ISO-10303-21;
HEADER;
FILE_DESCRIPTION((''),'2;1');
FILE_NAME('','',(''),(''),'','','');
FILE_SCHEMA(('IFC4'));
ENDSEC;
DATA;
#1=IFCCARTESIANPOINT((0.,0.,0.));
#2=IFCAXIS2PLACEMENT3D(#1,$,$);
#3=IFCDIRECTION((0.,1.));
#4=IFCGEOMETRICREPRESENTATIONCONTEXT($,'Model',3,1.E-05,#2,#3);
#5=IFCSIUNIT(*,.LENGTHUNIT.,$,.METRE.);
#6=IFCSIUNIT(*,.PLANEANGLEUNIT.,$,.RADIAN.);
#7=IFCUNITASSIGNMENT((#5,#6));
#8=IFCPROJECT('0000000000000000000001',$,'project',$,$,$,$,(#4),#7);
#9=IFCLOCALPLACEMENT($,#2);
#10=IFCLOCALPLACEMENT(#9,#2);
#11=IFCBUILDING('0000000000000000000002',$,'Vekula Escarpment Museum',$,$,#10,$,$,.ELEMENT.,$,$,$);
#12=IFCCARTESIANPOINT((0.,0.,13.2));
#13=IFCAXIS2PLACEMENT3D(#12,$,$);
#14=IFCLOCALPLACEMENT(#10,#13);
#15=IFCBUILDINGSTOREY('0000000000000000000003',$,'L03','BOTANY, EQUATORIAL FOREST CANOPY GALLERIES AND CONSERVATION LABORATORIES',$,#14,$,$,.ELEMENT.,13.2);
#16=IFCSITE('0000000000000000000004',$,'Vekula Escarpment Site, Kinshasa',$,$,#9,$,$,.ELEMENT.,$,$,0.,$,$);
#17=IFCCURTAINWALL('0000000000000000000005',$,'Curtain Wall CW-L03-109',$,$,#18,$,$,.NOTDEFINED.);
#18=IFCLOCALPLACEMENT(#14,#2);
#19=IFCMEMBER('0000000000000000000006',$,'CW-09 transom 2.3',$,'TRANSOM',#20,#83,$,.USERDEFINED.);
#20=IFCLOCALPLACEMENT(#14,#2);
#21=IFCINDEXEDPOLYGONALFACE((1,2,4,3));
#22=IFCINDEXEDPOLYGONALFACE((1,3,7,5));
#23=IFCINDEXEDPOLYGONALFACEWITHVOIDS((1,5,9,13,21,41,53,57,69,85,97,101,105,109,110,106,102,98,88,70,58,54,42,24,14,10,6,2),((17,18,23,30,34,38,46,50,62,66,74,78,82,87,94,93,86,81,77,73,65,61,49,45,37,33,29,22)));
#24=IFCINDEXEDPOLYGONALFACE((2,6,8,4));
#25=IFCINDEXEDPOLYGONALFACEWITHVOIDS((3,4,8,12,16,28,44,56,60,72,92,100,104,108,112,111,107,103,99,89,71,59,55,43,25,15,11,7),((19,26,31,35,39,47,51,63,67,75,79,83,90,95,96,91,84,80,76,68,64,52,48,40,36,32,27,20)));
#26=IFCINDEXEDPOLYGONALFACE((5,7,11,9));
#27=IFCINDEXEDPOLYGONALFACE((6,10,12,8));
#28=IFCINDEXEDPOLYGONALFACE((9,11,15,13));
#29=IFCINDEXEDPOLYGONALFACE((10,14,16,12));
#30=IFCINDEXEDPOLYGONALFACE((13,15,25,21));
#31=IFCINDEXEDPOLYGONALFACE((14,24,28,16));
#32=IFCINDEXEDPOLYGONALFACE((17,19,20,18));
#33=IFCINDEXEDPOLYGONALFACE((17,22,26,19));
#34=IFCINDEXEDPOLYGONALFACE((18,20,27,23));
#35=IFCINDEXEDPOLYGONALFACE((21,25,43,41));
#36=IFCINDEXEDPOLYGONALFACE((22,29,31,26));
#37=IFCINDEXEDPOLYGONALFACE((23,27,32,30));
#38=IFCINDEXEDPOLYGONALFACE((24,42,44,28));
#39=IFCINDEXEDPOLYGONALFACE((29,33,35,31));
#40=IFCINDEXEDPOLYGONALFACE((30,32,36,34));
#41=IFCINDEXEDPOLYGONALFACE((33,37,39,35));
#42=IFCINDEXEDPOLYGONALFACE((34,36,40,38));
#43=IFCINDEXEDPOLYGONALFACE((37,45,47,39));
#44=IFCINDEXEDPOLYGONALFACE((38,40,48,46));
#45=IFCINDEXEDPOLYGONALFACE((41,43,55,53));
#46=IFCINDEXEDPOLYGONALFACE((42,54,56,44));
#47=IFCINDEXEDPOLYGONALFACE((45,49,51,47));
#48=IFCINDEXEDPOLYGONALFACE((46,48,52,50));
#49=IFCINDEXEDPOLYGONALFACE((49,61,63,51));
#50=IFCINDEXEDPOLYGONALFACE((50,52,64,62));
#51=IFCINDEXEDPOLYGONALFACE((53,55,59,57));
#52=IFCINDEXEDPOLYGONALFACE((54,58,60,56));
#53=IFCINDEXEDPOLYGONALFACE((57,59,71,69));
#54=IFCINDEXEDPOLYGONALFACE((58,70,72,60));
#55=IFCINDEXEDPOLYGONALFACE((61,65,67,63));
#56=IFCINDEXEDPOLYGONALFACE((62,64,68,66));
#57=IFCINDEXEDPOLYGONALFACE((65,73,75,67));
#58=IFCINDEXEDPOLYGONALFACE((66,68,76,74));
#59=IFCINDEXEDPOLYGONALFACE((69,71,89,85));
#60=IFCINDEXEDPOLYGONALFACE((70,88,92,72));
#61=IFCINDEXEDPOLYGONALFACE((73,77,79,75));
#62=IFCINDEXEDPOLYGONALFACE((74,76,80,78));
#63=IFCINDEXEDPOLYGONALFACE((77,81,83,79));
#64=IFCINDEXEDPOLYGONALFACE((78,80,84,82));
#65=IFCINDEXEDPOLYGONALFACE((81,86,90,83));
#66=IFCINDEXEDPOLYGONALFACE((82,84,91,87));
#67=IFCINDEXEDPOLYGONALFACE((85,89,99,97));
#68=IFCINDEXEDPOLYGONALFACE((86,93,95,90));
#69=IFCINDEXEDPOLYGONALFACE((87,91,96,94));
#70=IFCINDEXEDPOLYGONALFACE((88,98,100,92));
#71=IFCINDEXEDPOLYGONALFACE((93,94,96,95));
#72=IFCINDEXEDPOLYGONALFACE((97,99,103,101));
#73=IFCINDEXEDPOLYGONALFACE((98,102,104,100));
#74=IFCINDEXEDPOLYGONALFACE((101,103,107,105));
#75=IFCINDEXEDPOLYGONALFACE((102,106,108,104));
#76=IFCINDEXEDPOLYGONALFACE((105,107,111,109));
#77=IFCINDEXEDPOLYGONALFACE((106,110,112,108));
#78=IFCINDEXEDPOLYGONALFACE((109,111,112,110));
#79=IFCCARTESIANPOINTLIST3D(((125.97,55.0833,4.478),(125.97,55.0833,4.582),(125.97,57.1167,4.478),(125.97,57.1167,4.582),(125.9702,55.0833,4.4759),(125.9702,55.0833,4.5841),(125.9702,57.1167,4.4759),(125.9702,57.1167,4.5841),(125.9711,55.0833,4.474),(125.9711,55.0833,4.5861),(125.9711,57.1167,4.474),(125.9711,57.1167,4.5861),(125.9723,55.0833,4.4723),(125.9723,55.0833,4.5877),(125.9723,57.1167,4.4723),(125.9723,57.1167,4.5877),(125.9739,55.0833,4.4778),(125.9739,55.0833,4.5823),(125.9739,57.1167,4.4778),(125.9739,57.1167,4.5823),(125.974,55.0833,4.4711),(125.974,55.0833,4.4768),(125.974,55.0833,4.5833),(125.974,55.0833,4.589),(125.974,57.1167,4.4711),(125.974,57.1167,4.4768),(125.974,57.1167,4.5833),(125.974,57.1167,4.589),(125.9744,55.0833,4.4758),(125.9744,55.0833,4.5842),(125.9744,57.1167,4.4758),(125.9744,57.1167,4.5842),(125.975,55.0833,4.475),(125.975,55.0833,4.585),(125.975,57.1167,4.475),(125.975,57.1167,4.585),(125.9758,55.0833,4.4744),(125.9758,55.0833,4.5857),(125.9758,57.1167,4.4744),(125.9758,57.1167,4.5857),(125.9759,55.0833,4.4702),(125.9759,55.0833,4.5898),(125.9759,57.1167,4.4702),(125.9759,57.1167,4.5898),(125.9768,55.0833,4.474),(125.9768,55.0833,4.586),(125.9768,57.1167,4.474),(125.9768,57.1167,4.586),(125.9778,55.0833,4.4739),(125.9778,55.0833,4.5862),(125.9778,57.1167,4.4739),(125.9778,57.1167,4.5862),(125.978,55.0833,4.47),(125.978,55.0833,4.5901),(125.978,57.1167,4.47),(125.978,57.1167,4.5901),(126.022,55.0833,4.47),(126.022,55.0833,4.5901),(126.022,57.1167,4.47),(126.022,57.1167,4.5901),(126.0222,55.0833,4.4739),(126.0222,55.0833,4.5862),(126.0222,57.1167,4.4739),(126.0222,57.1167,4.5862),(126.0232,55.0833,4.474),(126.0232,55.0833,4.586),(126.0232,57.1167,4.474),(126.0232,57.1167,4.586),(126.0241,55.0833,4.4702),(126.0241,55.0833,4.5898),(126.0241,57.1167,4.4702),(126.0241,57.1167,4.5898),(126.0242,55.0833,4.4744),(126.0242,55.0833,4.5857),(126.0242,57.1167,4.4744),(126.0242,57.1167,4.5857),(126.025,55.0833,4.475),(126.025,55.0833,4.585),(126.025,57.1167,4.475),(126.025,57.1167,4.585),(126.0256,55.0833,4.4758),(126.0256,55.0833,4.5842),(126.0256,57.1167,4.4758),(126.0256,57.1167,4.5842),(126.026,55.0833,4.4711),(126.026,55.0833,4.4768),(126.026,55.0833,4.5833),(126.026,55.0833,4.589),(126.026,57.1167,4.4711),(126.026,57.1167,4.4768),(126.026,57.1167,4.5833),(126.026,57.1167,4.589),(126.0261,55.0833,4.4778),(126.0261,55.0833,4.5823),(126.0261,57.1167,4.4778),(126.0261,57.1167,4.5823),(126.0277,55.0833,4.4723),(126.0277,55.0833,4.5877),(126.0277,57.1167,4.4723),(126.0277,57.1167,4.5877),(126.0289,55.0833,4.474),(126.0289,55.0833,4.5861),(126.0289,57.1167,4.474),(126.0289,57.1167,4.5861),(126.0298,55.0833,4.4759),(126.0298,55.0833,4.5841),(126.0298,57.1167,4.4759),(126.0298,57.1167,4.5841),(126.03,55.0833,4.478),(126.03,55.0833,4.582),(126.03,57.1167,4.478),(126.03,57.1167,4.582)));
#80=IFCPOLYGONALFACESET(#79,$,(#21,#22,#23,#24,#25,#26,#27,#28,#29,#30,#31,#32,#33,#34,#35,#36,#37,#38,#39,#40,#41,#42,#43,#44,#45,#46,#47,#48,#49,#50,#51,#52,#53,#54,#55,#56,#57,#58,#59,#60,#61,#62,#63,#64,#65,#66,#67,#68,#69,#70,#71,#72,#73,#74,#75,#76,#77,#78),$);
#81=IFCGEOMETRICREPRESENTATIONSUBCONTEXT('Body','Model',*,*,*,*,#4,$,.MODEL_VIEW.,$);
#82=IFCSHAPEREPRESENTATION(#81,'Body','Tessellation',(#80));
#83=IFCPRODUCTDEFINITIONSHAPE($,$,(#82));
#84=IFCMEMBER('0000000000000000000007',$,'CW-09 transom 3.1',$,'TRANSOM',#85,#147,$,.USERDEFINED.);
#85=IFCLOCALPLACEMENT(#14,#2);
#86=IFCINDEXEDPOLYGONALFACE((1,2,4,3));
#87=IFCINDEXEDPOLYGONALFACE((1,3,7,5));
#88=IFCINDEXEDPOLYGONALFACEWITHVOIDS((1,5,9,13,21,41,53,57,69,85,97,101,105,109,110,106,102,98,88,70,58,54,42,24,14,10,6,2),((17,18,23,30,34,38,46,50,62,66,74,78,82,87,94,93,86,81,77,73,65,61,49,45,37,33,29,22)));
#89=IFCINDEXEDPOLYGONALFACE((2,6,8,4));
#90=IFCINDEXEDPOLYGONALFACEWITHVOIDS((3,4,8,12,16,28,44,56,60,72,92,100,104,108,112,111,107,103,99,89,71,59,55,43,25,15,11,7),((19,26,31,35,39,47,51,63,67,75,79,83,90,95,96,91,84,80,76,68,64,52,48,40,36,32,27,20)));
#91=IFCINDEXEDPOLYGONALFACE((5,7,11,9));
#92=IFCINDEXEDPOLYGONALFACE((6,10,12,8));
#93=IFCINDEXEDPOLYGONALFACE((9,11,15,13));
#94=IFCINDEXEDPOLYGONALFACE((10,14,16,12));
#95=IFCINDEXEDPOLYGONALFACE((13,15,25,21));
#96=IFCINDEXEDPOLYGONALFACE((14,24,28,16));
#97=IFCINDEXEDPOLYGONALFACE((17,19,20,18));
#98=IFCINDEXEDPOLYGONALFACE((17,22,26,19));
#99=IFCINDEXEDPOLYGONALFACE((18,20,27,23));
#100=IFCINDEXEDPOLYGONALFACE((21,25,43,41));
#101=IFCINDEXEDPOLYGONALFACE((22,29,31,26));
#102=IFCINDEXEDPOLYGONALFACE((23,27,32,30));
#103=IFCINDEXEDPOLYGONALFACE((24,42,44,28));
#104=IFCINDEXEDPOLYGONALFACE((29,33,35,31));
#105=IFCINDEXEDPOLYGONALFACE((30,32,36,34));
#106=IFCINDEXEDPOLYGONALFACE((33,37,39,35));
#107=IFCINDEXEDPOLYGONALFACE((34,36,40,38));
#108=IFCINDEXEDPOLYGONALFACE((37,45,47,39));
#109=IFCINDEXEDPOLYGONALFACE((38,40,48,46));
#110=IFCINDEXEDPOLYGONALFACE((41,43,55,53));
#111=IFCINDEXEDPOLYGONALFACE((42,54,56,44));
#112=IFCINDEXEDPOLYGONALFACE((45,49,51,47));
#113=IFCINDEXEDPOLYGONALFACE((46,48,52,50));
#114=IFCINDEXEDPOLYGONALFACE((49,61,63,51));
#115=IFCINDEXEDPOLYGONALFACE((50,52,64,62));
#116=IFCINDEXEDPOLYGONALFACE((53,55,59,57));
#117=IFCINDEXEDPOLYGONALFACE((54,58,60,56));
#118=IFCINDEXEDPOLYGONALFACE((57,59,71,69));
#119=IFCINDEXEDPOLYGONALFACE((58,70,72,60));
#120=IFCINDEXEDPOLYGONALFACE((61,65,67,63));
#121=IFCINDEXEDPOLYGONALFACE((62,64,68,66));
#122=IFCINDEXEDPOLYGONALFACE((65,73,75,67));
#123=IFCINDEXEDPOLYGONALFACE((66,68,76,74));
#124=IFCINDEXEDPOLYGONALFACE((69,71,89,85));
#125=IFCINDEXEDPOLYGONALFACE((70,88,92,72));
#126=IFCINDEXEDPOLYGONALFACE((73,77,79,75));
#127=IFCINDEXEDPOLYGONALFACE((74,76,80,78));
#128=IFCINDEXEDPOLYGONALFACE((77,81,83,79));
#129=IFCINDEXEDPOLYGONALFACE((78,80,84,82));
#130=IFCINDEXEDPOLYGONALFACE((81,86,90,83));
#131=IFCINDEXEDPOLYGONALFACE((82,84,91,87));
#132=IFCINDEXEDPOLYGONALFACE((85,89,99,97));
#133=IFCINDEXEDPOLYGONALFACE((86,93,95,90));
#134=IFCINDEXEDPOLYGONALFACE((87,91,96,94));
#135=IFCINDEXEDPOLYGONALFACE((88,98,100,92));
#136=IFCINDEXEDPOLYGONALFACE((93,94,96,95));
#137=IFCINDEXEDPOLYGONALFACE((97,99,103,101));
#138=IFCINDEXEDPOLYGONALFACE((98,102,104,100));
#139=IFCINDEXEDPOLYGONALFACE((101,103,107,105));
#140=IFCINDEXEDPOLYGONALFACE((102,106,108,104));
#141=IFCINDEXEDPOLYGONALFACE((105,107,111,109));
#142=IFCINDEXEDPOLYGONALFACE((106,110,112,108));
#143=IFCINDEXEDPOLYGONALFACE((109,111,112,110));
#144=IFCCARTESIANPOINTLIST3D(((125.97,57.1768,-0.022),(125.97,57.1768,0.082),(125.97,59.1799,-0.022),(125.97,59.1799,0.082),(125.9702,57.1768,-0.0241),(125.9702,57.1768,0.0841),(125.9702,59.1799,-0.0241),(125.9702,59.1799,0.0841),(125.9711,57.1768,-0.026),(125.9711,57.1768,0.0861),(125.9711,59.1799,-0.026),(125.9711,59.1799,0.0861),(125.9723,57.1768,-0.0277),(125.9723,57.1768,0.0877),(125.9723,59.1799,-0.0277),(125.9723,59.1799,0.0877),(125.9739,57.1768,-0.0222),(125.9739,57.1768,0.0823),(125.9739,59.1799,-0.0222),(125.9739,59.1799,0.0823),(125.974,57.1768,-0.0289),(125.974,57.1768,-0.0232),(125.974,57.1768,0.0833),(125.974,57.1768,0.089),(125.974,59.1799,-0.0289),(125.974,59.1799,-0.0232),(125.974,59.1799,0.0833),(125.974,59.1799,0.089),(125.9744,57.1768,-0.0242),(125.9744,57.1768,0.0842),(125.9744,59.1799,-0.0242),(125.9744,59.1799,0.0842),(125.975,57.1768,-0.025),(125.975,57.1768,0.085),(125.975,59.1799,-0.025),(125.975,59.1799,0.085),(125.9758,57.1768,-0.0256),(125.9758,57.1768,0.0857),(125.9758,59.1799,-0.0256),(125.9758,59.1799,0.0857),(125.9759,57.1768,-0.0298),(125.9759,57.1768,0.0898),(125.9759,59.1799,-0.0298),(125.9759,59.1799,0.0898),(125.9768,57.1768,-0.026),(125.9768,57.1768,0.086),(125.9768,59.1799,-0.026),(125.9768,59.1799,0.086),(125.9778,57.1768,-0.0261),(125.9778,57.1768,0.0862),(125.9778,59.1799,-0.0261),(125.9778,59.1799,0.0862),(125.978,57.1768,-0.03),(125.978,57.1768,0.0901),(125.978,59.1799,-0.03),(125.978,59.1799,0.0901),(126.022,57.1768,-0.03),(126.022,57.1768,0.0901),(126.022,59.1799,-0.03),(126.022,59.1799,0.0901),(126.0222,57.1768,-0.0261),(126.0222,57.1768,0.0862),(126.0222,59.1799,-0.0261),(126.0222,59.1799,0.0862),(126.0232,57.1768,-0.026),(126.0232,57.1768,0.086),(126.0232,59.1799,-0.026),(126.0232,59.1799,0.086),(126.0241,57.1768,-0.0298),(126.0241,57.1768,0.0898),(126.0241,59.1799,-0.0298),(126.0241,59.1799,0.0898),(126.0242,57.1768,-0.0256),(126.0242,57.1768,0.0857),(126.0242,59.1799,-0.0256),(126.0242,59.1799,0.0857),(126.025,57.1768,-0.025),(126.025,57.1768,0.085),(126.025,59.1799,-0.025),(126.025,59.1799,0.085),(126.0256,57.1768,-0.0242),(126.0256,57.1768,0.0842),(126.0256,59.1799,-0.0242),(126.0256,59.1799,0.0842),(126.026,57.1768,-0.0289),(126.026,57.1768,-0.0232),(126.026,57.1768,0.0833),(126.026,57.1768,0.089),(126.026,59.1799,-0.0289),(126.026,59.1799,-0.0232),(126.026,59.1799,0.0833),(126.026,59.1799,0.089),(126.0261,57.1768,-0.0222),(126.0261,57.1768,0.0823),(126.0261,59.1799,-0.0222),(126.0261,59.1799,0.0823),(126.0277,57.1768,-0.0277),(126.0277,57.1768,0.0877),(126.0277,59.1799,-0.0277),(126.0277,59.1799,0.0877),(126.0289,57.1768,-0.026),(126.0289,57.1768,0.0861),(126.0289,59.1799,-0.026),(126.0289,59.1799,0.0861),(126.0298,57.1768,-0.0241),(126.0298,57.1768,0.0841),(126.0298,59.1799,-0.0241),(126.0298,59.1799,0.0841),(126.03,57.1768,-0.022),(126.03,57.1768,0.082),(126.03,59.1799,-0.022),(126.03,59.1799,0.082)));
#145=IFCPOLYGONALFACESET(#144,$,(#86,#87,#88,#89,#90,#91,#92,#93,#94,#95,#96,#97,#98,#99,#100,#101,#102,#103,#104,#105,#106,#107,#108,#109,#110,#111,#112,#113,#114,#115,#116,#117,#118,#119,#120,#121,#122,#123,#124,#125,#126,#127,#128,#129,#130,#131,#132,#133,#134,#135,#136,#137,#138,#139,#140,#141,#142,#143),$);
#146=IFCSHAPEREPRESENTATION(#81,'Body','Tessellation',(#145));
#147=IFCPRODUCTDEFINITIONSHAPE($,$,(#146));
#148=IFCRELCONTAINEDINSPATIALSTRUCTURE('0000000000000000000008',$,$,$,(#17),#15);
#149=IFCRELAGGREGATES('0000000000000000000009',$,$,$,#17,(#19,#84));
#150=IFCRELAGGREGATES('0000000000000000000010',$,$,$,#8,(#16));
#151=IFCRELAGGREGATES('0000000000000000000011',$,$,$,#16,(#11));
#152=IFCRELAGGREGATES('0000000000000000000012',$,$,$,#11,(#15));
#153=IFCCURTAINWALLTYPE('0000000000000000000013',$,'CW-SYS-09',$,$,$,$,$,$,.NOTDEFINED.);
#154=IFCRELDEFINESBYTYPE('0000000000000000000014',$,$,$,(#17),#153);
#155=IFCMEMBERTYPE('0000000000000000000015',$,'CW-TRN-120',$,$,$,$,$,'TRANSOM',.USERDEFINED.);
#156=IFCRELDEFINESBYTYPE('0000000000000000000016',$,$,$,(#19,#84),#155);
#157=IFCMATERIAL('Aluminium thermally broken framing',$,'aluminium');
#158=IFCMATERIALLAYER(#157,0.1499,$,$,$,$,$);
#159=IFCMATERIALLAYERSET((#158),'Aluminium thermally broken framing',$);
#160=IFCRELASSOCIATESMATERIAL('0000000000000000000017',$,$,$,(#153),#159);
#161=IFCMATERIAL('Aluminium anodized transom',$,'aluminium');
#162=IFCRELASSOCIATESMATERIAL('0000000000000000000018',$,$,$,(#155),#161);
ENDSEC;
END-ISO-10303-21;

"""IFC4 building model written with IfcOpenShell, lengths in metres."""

from ifc_helpers import new_model, si_unit, direction, frame, origin, origin_2d, place, context, subcontext, project, spatial, hollow_rectangle, extrude, material, layer, layer_set, material_profile, profile_set, type_object, element, aggregate, save


model = new_model("IFC4")

# Units and contexts
model_context = context("Model", 3, precision=1e-05, world=origin(), true_north=direction((0.0, 1.0)))
body_context = subcontext(model_context, "Body", "Model", "MODEL_VIEW")
ifc_project = project(units=[si_unit("LENGTHUNIT", "METRE"), si_unit("PLANEANGLEUNIT", "RADIAN")], contexts=[model_context])

# Site, building, storey
site_placement = place(None, origin())
site = spatial("IfcSite", under=ifc_project, at=site_placement, Name="Vekula Escarpment Site, Kinshasa", CompositionType="ELEMENT", RefElevation=0.0)
building_placement = place(site_placement, origin())
building = spatial("IfcBuilding", under=site, at=building_placement, Name="Vekula Escarpment Museum", CompositionType="ELEMENT")
storey_placement = place(building_placement, frame((0.0, 0.0, 13.2)))
storey = spatial("IfcBuildingStorey", under=building, at=storey_placement, Name="L03", Description="BOTANY, EQUATORIAL FOREST CANOPY GALLERIES AND CONSERVATION LABORATORIES", CompositionType="ELEMENT", Elevation=13.2)

# Curtain wall, members
ifc_material_1 = material(Name="Aluminium thermally broken framing", Category="aluminium")
ifc_layer_1 = layer(ifc_material_1, 0.1499)
ifc_layer_set_1 = layer_set([ifc_layer_1], Name="Aluminium thermally broken framing")
curtain_wall_type = type_object("IfcCurtainWallType", Name="CW-SYS-09", PredefinedType="NOTDEFINED", material=ifc_layer_set_1)
curtain_wall_placement = place(storey_placement, origin())
curtain_wall = element("IfcCurtainWall", 1, at=curtain_wall_placement, inside=storey, type_object=curtain_wall_type, Name="Curtain Wall CW-L03-109", PredefinedType="NOTDEFINED")
ifc_material_2 = material(Name="Aluminium anodized transom", Category="aluminium")
ifc_material_profile_1 = material_profile(ifc_material_2, hollow_rectangle(XDim=0.0601, YDim=0.1201, WallThickness=0.0039, InnerFilletRadius=0.0039, OuterFilletRadius=0.0081, at=origin_2d()), Name="ALU 120x60x4")
ifc_profile_set_1 = profile_set([ifc_material_profile_1], Name="Aluminium anodized transom")
member_type_1 = type_object("IfcMemberType", Name="CW-TRN-120", ElementType="TRANSOM", PredefinedType="USERDEFINED", material=ifc_profile_set_1)
member_1_placement = place(storey_placement, frame((126.0, 55.0833, 4.53), z_axis=(0.0, 1.0, 0.0), x_axis=(-1.0, 0.0, 0.0)))
member_1 = element("IfcMember", 2, at=member_1_placement, type_object=member_type_1, Name="CW-09 transom 2.3", ObjectType="TRANSOM", PredefinedType="USERDEFINED", context=body_context, shape_type="SweptSolid", body=[
    extrude(hollow_rectangle(XDim=0.0601, YDim=0.1201, WallThickness=0.0039, InnerFilletRadius=0.0039, OuterFilletRadius=0.0081, at=origin_2d()), origin(), (0.0, 0.0, 1.0), 2.0334),
])
member_2_placement = place(storey_placement, frame((126.0, 57.1768, 0.03), z_axis=(0.0, 1.0, 0.0), x_axis=(-1.0, 0.0, 0.0)))
member_2 = element("IfcMember", 3, at=member_2_placement, type_object=member_type_1, Name="CW-09 transom 3.1", ObjectType="TRANSOM", PredefinedType="USERDEFINED", context=body_context, shape_type="SweptSolid", body=[
    extrude(hollow_rectangle(XDim=0.0601, YDim=0.1201, WallThickness=0.0039, InnerFilletRadius=0.0039, OuterFilletRadius=0.0081, at=origin_2d()), origin(), (0.0, 0.0, 1.0), 2.0032),
])
aggregate(curtain_wall, [member_1, member_2])

save(model, "model.ifc")
